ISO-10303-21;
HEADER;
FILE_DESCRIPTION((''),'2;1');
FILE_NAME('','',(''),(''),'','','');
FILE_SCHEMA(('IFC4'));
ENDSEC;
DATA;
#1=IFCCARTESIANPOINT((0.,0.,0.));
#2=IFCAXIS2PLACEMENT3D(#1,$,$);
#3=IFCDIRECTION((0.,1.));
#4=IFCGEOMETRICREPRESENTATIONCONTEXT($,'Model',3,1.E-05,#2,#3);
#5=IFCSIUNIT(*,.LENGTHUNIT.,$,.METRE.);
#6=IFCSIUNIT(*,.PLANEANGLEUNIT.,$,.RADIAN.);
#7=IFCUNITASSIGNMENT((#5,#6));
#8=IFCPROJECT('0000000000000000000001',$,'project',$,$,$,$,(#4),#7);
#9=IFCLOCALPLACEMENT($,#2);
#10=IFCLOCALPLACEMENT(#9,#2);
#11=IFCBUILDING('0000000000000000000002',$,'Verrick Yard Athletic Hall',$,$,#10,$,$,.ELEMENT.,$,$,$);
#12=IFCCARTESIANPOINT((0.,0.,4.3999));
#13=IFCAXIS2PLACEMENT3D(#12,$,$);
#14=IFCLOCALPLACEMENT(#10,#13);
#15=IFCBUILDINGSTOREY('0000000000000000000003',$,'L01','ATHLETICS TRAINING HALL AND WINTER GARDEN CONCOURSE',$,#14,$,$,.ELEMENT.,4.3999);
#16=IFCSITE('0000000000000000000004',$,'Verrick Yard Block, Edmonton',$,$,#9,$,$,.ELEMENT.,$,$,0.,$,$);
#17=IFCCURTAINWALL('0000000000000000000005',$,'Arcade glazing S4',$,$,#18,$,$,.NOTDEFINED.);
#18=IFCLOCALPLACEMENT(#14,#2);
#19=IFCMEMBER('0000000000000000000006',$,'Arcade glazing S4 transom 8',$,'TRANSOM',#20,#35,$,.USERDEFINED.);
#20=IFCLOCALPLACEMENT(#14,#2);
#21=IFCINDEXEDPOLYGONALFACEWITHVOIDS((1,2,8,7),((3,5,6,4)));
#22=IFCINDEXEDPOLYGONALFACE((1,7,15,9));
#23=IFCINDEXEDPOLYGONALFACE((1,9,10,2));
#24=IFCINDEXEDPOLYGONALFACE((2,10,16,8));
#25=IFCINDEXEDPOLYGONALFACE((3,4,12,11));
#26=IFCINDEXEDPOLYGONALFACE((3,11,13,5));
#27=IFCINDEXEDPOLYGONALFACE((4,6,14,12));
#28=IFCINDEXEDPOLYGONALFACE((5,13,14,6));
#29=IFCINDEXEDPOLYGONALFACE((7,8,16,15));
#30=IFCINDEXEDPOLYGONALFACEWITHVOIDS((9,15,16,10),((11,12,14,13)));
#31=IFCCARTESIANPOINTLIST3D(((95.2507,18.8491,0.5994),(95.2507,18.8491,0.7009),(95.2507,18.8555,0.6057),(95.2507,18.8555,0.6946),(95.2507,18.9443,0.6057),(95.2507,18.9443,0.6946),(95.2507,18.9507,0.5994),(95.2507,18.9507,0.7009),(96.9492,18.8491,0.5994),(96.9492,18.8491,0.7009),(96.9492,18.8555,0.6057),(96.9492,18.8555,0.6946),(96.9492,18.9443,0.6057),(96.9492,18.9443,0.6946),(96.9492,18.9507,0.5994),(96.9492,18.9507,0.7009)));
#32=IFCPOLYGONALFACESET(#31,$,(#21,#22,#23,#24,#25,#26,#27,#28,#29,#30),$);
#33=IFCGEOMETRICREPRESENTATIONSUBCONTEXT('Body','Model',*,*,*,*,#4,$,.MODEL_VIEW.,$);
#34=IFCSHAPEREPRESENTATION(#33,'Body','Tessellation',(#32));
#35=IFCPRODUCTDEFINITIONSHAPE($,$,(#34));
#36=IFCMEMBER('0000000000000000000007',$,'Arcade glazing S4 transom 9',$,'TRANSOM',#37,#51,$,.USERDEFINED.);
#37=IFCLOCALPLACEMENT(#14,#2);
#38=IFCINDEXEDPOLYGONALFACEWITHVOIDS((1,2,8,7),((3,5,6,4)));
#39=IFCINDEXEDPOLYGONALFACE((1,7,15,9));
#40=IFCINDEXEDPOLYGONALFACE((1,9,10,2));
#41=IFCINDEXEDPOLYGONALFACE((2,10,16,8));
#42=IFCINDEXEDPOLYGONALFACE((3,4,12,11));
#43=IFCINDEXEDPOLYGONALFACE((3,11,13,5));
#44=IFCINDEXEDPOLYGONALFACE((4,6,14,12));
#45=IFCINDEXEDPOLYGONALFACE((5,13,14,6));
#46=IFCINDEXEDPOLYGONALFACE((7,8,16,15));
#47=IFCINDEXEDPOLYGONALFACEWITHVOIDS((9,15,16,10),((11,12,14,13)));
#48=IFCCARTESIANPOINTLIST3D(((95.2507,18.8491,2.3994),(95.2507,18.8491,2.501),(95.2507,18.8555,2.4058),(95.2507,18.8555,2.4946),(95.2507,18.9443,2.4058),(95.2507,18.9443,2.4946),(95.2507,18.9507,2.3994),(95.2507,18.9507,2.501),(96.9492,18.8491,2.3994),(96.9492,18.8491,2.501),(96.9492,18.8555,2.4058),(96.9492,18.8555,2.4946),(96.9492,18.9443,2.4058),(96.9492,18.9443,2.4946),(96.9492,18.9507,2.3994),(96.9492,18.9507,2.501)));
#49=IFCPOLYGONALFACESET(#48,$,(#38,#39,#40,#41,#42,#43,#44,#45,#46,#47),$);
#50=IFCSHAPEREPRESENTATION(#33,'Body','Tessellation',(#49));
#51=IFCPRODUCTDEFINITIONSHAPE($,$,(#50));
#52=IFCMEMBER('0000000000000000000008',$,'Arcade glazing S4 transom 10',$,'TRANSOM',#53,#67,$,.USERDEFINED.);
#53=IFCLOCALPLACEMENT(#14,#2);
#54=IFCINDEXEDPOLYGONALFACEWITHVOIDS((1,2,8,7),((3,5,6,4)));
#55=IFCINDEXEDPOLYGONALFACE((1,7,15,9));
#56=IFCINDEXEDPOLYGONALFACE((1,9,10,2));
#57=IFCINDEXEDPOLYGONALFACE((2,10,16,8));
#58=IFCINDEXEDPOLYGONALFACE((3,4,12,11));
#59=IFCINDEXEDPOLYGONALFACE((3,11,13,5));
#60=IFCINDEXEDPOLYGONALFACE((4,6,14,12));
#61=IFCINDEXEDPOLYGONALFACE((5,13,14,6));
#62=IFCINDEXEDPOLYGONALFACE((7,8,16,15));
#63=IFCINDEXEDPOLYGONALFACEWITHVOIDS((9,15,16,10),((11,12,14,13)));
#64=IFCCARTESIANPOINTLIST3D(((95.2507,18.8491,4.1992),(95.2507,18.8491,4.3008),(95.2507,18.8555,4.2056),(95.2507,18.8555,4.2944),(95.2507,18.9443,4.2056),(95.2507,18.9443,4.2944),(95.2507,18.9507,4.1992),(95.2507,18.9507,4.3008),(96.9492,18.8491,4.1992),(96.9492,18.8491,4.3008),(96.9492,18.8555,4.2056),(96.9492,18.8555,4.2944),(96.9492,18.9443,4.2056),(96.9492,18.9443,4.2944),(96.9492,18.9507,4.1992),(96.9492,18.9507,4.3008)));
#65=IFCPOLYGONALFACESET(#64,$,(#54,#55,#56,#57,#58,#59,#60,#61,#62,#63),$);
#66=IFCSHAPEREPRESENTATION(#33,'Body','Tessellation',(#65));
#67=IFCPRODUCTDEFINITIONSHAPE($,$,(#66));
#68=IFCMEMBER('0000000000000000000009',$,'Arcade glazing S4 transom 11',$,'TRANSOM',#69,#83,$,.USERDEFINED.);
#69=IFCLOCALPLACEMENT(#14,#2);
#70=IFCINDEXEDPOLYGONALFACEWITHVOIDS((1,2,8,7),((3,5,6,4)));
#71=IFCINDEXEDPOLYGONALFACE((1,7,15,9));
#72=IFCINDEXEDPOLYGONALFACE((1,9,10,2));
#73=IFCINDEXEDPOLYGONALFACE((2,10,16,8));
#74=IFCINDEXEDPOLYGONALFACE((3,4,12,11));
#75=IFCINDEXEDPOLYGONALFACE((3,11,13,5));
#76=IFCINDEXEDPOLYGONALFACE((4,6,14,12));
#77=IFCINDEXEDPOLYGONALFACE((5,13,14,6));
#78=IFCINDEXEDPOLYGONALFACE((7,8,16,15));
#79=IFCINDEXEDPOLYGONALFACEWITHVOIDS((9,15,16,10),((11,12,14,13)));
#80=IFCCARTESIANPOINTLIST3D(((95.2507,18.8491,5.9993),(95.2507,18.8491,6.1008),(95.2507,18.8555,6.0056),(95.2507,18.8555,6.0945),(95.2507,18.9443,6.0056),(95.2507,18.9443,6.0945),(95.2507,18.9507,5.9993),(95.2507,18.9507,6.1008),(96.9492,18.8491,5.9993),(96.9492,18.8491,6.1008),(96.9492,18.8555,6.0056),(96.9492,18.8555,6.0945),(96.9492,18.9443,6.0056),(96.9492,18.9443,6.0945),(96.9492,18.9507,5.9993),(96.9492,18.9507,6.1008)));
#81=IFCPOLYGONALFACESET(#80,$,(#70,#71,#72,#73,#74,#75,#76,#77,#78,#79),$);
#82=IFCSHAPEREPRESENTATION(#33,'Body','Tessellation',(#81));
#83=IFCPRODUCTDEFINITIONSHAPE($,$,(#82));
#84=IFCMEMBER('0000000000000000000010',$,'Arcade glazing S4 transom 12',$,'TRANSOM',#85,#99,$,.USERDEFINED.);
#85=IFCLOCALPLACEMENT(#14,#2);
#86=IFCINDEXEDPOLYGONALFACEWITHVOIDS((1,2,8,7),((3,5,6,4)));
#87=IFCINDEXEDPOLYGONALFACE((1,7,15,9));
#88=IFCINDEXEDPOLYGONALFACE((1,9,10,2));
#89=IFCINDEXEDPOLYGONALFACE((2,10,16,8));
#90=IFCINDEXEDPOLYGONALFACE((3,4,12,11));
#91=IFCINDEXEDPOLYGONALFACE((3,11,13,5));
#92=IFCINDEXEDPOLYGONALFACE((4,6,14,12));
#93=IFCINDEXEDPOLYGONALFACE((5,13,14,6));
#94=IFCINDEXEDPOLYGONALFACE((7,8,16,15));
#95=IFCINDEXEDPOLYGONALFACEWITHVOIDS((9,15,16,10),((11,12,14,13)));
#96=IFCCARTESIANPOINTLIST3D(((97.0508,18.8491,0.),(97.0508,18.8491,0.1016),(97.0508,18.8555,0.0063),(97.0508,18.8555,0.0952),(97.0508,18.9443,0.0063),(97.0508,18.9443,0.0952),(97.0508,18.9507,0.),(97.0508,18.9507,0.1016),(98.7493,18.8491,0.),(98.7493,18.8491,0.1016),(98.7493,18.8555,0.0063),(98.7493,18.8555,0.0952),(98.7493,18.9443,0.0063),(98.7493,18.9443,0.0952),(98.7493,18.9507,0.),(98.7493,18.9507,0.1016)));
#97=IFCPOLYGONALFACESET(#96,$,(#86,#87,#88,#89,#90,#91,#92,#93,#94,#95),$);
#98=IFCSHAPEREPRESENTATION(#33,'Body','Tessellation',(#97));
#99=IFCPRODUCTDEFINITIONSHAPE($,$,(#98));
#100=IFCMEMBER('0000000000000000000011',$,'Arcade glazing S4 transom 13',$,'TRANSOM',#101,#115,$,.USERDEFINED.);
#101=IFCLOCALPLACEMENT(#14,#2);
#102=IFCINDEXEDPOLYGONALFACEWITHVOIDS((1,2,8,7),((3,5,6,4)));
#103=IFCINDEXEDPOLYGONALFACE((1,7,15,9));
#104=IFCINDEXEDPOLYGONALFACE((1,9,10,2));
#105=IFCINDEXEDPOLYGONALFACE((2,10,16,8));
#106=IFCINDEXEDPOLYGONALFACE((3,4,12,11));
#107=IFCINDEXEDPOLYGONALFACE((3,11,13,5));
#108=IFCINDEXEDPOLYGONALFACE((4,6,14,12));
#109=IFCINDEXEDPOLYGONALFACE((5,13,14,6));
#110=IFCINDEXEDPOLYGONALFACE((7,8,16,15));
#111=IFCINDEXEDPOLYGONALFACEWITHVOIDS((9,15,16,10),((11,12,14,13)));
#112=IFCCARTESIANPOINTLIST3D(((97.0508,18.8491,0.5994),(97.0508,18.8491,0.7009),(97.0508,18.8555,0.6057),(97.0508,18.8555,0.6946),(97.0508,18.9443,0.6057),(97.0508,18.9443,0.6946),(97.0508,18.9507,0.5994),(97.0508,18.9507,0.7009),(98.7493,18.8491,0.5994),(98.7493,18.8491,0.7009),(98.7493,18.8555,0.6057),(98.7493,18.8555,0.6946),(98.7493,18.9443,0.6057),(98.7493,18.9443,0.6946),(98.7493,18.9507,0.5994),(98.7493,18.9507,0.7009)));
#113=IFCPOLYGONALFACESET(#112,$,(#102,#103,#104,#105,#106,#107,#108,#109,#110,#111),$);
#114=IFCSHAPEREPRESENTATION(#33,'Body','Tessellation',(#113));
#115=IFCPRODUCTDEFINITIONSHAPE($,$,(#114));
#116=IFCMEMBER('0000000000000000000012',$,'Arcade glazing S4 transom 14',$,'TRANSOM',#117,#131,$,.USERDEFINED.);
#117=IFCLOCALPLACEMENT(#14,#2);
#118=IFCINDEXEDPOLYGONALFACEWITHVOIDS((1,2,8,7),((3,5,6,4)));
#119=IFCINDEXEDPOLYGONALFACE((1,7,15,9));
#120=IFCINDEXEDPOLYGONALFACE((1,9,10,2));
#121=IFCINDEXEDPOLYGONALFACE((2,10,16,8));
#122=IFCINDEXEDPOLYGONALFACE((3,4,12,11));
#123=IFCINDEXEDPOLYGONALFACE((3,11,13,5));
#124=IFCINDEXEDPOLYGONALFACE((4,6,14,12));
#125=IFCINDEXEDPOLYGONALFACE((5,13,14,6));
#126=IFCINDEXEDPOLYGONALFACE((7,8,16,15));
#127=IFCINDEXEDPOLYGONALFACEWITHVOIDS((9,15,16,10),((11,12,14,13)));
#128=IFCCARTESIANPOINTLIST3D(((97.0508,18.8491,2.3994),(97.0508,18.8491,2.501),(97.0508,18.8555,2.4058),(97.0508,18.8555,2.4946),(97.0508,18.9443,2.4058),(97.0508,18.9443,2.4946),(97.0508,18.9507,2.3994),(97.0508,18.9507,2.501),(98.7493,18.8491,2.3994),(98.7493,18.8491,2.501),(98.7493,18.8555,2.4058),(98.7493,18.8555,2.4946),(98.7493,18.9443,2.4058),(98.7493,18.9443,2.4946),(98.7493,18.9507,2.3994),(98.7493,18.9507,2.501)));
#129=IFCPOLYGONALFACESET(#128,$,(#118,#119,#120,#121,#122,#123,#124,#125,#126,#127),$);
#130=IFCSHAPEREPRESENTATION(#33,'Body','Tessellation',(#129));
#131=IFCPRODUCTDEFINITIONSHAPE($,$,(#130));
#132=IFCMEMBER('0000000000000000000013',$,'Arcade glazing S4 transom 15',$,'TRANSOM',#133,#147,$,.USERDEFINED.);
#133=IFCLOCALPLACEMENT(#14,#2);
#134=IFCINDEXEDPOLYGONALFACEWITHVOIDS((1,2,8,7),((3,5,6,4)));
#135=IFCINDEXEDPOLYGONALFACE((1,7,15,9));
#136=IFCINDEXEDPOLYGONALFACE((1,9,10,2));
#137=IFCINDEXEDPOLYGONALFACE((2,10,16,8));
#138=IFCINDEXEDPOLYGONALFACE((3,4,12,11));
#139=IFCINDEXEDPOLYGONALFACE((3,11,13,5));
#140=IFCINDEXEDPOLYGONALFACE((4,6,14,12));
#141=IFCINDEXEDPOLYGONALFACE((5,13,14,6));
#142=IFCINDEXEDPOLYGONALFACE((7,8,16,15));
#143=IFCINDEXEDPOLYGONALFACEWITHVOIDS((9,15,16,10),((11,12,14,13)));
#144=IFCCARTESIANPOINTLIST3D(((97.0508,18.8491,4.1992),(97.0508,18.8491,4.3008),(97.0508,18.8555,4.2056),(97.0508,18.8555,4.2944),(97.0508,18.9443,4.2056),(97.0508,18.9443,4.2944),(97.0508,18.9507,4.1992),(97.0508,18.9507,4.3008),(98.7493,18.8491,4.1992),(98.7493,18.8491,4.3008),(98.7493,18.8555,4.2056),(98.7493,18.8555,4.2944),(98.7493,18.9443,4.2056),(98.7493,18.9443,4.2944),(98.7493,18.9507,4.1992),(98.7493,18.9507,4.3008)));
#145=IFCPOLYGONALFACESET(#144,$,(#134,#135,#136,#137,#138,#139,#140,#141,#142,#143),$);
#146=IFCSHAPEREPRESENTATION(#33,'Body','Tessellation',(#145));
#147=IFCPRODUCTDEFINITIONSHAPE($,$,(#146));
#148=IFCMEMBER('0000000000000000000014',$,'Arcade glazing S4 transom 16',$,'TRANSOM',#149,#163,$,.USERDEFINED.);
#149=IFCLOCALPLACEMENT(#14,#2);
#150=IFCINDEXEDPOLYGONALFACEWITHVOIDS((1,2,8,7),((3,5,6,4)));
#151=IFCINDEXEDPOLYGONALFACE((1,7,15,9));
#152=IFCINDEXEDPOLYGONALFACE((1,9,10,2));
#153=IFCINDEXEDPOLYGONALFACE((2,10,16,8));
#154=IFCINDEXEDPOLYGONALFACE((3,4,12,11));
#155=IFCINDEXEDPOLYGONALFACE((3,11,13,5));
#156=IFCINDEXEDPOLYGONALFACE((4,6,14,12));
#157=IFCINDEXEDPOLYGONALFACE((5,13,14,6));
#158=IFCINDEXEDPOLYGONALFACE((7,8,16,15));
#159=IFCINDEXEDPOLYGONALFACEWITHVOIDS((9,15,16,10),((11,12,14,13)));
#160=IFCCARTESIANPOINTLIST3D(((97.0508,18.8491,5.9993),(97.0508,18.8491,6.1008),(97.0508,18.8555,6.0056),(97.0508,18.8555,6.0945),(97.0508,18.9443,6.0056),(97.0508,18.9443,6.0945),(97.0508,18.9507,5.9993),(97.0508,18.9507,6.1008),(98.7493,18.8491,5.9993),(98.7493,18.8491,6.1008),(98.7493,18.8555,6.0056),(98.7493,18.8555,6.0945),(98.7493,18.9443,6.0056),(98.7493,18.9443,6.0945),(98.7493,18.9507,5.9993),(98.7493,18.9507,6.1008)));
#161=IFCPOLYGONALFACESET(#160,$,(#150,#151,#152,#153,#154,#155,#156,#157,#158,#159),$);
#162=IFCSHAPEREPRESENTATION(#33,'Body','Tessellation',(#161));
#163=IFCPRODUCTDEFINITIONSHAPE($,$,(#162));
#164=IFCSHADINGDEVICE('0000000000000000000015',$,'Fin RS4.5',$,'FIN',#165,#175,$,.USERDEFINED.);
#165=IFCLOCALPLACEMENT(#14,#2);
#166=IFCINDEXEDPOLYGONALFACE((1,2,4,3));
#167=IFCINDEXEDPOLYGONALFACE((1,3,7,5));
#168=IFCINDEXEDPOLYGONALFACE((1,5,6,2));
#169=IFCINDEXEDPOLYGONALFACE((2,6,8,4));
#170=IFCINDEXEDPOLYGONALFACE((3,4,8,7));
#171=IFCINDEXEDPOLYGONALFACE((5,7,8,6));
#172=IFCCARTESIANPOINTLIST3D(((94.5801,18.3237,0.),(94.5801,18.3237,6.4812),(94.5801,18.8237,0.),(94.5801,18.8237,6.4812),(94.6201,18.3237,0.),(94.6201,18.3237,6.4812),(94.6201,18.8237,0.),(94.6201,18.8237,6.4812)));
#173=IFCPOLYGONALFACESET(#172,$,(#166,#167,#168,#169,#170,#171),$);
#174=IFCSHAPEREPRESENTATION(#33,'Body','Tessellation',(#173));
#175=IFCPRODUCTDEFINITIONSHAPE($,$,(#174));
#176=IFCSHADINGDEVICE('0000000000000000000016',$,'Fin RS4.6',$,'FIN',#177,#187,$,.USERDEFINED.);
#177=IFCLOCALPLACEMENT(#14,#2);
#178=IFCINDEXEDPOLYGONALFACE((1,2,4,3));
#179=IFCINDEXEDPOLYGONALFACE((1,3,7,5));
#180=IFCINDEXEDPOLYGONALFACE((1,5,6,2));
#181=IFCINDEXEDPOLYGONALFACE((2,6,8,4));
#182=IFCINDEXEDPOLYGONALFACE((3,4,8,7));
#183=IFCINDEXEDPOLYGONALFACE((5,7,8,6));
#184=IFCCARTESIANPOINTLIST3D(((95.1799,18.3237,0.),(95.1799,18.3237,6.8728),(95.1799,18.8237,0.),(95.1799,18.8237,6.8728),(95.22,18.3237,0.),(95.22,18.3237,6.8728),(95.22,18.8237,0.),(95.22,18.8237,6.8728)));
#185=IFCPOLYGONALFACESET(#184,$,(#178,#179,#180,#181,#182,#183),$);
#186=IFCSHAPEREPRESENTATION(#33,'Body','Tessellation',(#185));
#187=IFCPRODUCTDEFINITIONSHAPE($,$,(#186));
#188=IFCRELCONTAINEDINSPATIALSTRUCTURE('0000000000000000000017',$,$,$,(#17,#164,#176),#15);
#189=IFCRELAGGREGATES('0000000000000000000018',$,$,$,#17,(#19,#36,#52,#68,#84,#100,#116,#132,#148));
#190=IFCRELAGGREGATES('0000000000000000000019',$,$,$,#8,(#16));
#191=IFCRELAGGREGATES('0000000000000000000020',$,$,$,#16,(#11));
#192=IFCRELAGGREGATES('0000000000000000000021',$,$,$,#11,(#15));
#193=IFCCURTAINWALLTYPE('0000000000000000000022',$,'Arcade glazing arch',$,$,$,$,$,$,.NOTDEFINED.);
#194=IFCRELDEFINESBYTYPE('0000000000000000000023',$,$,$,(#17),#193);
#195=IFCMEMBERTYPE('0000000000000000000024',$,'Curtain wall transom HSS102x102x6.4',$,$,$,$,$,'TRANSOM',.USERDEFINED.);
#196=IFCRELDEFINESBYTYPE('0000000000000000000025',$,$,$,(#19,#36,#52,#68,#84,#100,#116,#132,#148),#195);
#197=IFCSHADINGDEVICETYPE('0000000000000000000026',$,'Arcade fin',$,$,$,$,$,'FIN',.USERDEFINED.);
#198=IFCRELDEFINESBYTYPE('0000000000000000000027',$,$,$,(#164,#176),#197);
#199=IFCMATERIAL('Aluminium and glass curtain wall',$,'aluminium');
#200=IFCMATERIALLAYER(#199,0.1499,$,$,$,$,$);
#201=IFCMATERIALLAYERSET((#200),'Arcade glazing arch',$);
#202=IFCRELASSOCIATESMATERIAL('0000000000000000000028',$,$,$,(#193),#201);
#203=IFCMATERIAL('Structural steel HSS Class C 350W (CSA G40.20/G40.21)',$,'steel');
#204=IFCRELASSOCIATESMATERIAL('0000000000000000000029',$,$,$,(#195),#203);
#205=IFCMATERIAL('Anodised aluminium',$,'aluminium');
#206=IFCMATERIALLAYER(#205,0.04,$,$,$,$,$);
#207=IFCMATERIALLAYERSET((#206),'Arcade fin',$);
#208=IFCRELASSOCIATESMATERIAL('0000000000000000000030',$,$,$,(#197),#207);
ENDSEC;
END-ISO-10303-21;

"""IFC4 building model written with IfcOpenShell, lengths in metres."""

from ifc_helpers import new_model, si_unit, direction, frame, origin, origin_2d, place, context, subcontext, project, spatial, polyline, hollow_rectangle, outline, extrude, material, layer, layer_set, material_profile, profile_set, type_object, element, aggregate, save


model = new_model("IFC4")

# Units and contexts
model_context = context("Model", 3, precision=1e-05, world=origin(), true_north=direction((0.0, 1.0)))
body_context = subcontext(model_context, "Body", "Model", "MODEL_VIEW")
ifc_project = project(units=[si_unit("LENGTHUNIT", "METRE"), si_unit("PLANEANGLEUNIT", "RADIAN")], contexts=[model_context])

# Site, building, storey
site_placement = place(None, origin())
site = spatial("IfcSite", under=ifc_project, at=site_placement, Name="Verrick Yard Block, Edmonton", CompositionType="ELEMENT", RefElevation=0.0)
building_placement = place(site_placement, origin())
building = spatial("IfcBuilding", under=site, at=building_placement, Name="Verrick Yard Athletic Hall", CompositionType="ELEMENT")
storey_placement = place(building_placement, frame((0.0, 0.0, 4.3999)))
storey = spatial("IfcBuildingStorey", under=building, at=storey_placement, Name="L01", Description="ATHLETICS TRAINING HALL AND WINTER GARDEN CONCOURSE", CompositionType="ELEMENT", Elevation=4.3999)

# Curtain wall, members
ifc_material_1 = material(Name="Aluminium and glass curtain wall", Category="aluminium")
ifc_layer_1 = layer(ifc_material_1, 0.1499)
ifc_layer_set_1 = layer_set([ifc_layer_1], Name="Arcade glazing arch")
curtain_wall_type = type_object("IfcCurtainWallType", Name="Arcade glazing arch", PredefinedType="NOTDEFINED", material=ifc_layer_set_1)
curtain_wall_placement = place(storey_placement, origin())
curtain_wall = element("IfcCurtainWall", 1, at=curtain_wall_placement, inside=storey, type_object=curtain_wall_type, Name="Arcade glazing S4", PredefinedType="NOTDEFINED")
ifc_material_2 = material(Name="Structural steel HSS Class C 350W (CSA G40.20/G40.21)", Category="steel")
ifc_material_profile_1 = material_profile(ifc_material_2, hollow_rectangle(XDim=0.1016, YDim=0.1016, WallThickness=0.0063, at=origin_2d()), Name="HSS102x102x6.4")
ifc_profile_set_1 = profile_set([ifc_material_profile_1], Name="Structural steel HSS Class C 350W (CSA G40.20/G40.21)")
member_type_1 = type_object("IfcMemberType", Name="Curtain wall transom HSS102x102x6.4", ElementType="TRANSOM", PredefinedType="USERDEFINED", material=ifc_profile_set_1)
member_1_placement = place(storey_placement, frame((95.2507, 18.8999, 0.6501), z_axis=(1.0, 0.0, 0.0), x_axis=(0.0, 1.0, 0.0)))
member_1 = element("IfcMember", 2, at=member_1_placement, type_object=member_type_1, Name="Arcade glazing S4 transom 8", ObjectType="TRANSOM", PredefinedType="USERDEFINED", context=body_context, shape_type="SweptSolid", body=[
    extrude(hollow_rectangle(XDim=0.1016, YDim=0.1016, WallThickness=0.0063, at=origin_2d()), origin(), (0.0, 0.0, 1.0), 1.6985),
])
member_2_placement = place(storey_placement, frame((95.2507, 18.8999, 2.4502), z_axis=(1.0, 0.0, 0.0), x_axis=(0.0, 1.0, 0.0)))
member_2 = element("IfcMember", 3, at=member_2_placement, type_object=member_type_1, Name="Arcade glazing S4 transom 9", ObjectType="TRANSOM", PredefinedType="USERDEFINED", context=body_context, shape_type="SweptSolid", body=[
    extrude(hollow_rectangle(XDim=0.1016, YDim=0.1016, WallThickness=0.0063, at=origin_2d()), origin(), (0.0, 0.0, 1.0), 1.6985),
])
member_3_placement = place(storey_placement, frame((95.2507, 18.8999, 4.25), z_axis=(1.0, 0.0, 0.0), x_axis=(0.0, 1.0, 0.0)))
member_3 = element("IfcMember", 4, at=member_3_placement, type_object=member_type_1, Name="Arcade glazing S4 transom 10", ObjectType="TRANSOM", PredefinedType="USERDEFINED", context=body_context, shape_type="SweptSolid", body=[
    extrude(hollow_rectangle(XDim=0.1016, YDim=0.1016, WallThickness=0.0063, at=origin_2d()), origin(), (0.0, 0.0, 1.0), 1.6985),
])
member_4_placement = place(storey_placement, frame((95.2507, 18.8999, 6.05), z_axis=(1.0, 0.0, 0.0), x_axis=(0.0, 1.0, 0.0)))
member_4 = element("IfcMember", 5, at=member_4_placement, type_object=member_type_1, Name="Arcade glazing S4 transom 11", ObjectType="TRANSOM", PredefinedType="USERDEFINED", context=body_context, shape_type="SweptSolid", body=[
    extrude(hollow_rectangle(XDim=0.1016, YDim=0.1016, WallThickness=0.0063, at=origin_2d()), origin(), (0.0, 0.0, 1.0), 1.6985),
])
member_5_placement = place(storey_placement, frame((97.0508, 18.8999, 0.0508), z_axis=(1.0, 0.0, 0.0), x_axis=(0.0, 1.0, 0.0)))
member_5 = element("IfcMember", 6, at=member_5_placement, type_object=member_type_1, Name="Arcade glazing S4 transom 12", ObjectType="TRANSOM", PredefinedType="USERDEFINED", context=body_context, shape_type="SweptSolid", body=[
    extrude(hollow_rectangle(XDim=0.1016, YDim=0.1016, WallThickness=0.0063, at=origin_2d()), origin(), (0.0, 0.0, 1.0), 1.6985),
])
member_6_placement = place(storey_placement, frame((97.0508, 18.8999, 0.6501), z_axis=(1.0, 0.0, 0.0), x_axis=(0.0, 1.0, 0.0)))
member_6 = element("IfcMember", 7, at=member_6_placement, type_object=member_type_1, Name="Arcade glazing S4 transom 13", ObjectType="TRANSOM", PredefinedType="USERDEFINED", context=body_context, shape_type="SweptSolid", body=[
    extrude(hollow_rectangle(XDim=0.1016, YDim=0.1016, WallThickness=0.0063, at=origin_2d()), origin(), (0.0, 0.0, 1.0), 1.6985),
])
member_7_placement = place(storey_placement, frame((97.0508, 18.8999, 2.4502), z_axis=(1.0, 0.0, 0.0), x_axis=(0.0, 1.0, 0.0)))
member_7 = element("IfcMember", 8, at=member_7_placement, type_object=member_type_1, Name="Arcade glazing S4 transom 14", ObjectType="TRANSOM", PredefinedType="USERDEFINED", context=body_context, shape_type="SweptSolid", body=[
    extrude(hollow_rectangle(XDim=0.1016, YDim=0.1016, WallThickness=0.0063, at=origin_2d()), origin(), (0.0, 0.0, 1.0), 1.6985),
])
member_8_placement = place(storey_placement, frame((97.0508, 18.8999, 4.25), z_axis=(1.0, 0.0, 0.0), x_axis=(0.0, 1.0, 0.0)))
member_8 = element("IfcMember", 9, at=member_8_placement, type_object=member_type_1, Name="Arcade glazing S4 transom 15", ObjectType="TRANSOM", PredefinedType="USERDEFINED", context=body_context, shape_type="SweptSolid", body=[
    extrude(hollow_rectangle(XDim=0.1016, YDim=0.1016, WallThickness=0.0063, at=origin_2d()), origin(), (0.0, 0.0, 1.0), 1.6985),
])
member_9_placement = place(storey_placement, frame((97.0508, 18.8999, 6.05), z_axis=(1.0, 0.0, 0.0), x_axis=(0.0, 1.0, 0.0)))
member_9 = element("IfcMember", 10, at=member_9_placement, type_object=member_type_1, Name="Arcade glazing S4 transom 16", ObjectType="TRANSOM", PredefinedType="USERDEFINED", context=body_context, shape_type="SweptSolid", body=[
    extrude(hollow_rectangle(XDim=0.1016, YDim=0.1016, WallThickness=0.0063, at=origin_2d()), origin(), (0.0, 0.0, 1.0), 1.6985),
])
aggregate(curtain_wall, [member_1, member_2, member_3, member_4, member_5, member_6, member_7, member_8, member_9])

# Shading devices
ifc_material_3 = material(Name="Anodised aluminium", Category="aluminium")
ifc_layer_2 = layer(ifc_material_3, 0.04)
ifc_layer_set_2 = layer_set([ifc_layer_2], Name="Arcade fin")
shading_device_type = type_object("IfcShadingDeviceType", Name="Arcade fin", ElementType="FIN", PredefinedType="USERDEFINED", material=ifc_layer_set_2)
shading_device_1_placement = place(storey_placement, frame((94.6001, 18.8237, 0.0), z_axis=(0.0, 0.0, 1.0), x_axis=(0.0, -1.0, 0.0)))
element("IfcShadingDevice", 11, at=shading_device_1_placement, inside=storey, type_object=shading_device_type, Name="Fin RS4.5", ObjectType="FIN", PredefinedType="USERDEFINED", context=body_context, shape_type="SweptSolid", body=[
    extrude(outline(polyline([(0.0, 0.0), (0.5, 0.0), (0.5, 6.4812), (0.0, 6.4812), (0.0, 0.0)])), frame((0.0, 0.02, 0.0), z_axis=(0.0, -1.0, 0.0), x_axis=(1.0, 0.0, 0.0)), (0.0, 0.0, 1.0), 0.04),
])
shading_device_2_placement = place(storey_placement, frame((95.2, 18.8237, 0.0), z_axis=(0.0, 0.0, 1.0), x_axis=(0.0, -1.0, 0.0)))
element("IfcShadingDevice", 12, at=shading_device_2_placement, inside=storey, type_object=shading_device_type, Name="Fin RS4.6", ObjectType="FIN", PredefinedType="USERDEFINED", context=body_context, shape_type="SweptSolid", body=[
    extrude(outline(polyline([(0.0, 0.0), (0.5, 0.0), (0.5, 6.8728), (0.0, 6.8728), (0.0, 0.0)])), frame((0.0, 0.02, 0.0), z_axis=(0.0, -1.0, 0.0), x_axis=(1.0, 0.0, 0.0)), (0.0, 0.0, 1.0), 0.04),
])

save(model, "model.ifc")
